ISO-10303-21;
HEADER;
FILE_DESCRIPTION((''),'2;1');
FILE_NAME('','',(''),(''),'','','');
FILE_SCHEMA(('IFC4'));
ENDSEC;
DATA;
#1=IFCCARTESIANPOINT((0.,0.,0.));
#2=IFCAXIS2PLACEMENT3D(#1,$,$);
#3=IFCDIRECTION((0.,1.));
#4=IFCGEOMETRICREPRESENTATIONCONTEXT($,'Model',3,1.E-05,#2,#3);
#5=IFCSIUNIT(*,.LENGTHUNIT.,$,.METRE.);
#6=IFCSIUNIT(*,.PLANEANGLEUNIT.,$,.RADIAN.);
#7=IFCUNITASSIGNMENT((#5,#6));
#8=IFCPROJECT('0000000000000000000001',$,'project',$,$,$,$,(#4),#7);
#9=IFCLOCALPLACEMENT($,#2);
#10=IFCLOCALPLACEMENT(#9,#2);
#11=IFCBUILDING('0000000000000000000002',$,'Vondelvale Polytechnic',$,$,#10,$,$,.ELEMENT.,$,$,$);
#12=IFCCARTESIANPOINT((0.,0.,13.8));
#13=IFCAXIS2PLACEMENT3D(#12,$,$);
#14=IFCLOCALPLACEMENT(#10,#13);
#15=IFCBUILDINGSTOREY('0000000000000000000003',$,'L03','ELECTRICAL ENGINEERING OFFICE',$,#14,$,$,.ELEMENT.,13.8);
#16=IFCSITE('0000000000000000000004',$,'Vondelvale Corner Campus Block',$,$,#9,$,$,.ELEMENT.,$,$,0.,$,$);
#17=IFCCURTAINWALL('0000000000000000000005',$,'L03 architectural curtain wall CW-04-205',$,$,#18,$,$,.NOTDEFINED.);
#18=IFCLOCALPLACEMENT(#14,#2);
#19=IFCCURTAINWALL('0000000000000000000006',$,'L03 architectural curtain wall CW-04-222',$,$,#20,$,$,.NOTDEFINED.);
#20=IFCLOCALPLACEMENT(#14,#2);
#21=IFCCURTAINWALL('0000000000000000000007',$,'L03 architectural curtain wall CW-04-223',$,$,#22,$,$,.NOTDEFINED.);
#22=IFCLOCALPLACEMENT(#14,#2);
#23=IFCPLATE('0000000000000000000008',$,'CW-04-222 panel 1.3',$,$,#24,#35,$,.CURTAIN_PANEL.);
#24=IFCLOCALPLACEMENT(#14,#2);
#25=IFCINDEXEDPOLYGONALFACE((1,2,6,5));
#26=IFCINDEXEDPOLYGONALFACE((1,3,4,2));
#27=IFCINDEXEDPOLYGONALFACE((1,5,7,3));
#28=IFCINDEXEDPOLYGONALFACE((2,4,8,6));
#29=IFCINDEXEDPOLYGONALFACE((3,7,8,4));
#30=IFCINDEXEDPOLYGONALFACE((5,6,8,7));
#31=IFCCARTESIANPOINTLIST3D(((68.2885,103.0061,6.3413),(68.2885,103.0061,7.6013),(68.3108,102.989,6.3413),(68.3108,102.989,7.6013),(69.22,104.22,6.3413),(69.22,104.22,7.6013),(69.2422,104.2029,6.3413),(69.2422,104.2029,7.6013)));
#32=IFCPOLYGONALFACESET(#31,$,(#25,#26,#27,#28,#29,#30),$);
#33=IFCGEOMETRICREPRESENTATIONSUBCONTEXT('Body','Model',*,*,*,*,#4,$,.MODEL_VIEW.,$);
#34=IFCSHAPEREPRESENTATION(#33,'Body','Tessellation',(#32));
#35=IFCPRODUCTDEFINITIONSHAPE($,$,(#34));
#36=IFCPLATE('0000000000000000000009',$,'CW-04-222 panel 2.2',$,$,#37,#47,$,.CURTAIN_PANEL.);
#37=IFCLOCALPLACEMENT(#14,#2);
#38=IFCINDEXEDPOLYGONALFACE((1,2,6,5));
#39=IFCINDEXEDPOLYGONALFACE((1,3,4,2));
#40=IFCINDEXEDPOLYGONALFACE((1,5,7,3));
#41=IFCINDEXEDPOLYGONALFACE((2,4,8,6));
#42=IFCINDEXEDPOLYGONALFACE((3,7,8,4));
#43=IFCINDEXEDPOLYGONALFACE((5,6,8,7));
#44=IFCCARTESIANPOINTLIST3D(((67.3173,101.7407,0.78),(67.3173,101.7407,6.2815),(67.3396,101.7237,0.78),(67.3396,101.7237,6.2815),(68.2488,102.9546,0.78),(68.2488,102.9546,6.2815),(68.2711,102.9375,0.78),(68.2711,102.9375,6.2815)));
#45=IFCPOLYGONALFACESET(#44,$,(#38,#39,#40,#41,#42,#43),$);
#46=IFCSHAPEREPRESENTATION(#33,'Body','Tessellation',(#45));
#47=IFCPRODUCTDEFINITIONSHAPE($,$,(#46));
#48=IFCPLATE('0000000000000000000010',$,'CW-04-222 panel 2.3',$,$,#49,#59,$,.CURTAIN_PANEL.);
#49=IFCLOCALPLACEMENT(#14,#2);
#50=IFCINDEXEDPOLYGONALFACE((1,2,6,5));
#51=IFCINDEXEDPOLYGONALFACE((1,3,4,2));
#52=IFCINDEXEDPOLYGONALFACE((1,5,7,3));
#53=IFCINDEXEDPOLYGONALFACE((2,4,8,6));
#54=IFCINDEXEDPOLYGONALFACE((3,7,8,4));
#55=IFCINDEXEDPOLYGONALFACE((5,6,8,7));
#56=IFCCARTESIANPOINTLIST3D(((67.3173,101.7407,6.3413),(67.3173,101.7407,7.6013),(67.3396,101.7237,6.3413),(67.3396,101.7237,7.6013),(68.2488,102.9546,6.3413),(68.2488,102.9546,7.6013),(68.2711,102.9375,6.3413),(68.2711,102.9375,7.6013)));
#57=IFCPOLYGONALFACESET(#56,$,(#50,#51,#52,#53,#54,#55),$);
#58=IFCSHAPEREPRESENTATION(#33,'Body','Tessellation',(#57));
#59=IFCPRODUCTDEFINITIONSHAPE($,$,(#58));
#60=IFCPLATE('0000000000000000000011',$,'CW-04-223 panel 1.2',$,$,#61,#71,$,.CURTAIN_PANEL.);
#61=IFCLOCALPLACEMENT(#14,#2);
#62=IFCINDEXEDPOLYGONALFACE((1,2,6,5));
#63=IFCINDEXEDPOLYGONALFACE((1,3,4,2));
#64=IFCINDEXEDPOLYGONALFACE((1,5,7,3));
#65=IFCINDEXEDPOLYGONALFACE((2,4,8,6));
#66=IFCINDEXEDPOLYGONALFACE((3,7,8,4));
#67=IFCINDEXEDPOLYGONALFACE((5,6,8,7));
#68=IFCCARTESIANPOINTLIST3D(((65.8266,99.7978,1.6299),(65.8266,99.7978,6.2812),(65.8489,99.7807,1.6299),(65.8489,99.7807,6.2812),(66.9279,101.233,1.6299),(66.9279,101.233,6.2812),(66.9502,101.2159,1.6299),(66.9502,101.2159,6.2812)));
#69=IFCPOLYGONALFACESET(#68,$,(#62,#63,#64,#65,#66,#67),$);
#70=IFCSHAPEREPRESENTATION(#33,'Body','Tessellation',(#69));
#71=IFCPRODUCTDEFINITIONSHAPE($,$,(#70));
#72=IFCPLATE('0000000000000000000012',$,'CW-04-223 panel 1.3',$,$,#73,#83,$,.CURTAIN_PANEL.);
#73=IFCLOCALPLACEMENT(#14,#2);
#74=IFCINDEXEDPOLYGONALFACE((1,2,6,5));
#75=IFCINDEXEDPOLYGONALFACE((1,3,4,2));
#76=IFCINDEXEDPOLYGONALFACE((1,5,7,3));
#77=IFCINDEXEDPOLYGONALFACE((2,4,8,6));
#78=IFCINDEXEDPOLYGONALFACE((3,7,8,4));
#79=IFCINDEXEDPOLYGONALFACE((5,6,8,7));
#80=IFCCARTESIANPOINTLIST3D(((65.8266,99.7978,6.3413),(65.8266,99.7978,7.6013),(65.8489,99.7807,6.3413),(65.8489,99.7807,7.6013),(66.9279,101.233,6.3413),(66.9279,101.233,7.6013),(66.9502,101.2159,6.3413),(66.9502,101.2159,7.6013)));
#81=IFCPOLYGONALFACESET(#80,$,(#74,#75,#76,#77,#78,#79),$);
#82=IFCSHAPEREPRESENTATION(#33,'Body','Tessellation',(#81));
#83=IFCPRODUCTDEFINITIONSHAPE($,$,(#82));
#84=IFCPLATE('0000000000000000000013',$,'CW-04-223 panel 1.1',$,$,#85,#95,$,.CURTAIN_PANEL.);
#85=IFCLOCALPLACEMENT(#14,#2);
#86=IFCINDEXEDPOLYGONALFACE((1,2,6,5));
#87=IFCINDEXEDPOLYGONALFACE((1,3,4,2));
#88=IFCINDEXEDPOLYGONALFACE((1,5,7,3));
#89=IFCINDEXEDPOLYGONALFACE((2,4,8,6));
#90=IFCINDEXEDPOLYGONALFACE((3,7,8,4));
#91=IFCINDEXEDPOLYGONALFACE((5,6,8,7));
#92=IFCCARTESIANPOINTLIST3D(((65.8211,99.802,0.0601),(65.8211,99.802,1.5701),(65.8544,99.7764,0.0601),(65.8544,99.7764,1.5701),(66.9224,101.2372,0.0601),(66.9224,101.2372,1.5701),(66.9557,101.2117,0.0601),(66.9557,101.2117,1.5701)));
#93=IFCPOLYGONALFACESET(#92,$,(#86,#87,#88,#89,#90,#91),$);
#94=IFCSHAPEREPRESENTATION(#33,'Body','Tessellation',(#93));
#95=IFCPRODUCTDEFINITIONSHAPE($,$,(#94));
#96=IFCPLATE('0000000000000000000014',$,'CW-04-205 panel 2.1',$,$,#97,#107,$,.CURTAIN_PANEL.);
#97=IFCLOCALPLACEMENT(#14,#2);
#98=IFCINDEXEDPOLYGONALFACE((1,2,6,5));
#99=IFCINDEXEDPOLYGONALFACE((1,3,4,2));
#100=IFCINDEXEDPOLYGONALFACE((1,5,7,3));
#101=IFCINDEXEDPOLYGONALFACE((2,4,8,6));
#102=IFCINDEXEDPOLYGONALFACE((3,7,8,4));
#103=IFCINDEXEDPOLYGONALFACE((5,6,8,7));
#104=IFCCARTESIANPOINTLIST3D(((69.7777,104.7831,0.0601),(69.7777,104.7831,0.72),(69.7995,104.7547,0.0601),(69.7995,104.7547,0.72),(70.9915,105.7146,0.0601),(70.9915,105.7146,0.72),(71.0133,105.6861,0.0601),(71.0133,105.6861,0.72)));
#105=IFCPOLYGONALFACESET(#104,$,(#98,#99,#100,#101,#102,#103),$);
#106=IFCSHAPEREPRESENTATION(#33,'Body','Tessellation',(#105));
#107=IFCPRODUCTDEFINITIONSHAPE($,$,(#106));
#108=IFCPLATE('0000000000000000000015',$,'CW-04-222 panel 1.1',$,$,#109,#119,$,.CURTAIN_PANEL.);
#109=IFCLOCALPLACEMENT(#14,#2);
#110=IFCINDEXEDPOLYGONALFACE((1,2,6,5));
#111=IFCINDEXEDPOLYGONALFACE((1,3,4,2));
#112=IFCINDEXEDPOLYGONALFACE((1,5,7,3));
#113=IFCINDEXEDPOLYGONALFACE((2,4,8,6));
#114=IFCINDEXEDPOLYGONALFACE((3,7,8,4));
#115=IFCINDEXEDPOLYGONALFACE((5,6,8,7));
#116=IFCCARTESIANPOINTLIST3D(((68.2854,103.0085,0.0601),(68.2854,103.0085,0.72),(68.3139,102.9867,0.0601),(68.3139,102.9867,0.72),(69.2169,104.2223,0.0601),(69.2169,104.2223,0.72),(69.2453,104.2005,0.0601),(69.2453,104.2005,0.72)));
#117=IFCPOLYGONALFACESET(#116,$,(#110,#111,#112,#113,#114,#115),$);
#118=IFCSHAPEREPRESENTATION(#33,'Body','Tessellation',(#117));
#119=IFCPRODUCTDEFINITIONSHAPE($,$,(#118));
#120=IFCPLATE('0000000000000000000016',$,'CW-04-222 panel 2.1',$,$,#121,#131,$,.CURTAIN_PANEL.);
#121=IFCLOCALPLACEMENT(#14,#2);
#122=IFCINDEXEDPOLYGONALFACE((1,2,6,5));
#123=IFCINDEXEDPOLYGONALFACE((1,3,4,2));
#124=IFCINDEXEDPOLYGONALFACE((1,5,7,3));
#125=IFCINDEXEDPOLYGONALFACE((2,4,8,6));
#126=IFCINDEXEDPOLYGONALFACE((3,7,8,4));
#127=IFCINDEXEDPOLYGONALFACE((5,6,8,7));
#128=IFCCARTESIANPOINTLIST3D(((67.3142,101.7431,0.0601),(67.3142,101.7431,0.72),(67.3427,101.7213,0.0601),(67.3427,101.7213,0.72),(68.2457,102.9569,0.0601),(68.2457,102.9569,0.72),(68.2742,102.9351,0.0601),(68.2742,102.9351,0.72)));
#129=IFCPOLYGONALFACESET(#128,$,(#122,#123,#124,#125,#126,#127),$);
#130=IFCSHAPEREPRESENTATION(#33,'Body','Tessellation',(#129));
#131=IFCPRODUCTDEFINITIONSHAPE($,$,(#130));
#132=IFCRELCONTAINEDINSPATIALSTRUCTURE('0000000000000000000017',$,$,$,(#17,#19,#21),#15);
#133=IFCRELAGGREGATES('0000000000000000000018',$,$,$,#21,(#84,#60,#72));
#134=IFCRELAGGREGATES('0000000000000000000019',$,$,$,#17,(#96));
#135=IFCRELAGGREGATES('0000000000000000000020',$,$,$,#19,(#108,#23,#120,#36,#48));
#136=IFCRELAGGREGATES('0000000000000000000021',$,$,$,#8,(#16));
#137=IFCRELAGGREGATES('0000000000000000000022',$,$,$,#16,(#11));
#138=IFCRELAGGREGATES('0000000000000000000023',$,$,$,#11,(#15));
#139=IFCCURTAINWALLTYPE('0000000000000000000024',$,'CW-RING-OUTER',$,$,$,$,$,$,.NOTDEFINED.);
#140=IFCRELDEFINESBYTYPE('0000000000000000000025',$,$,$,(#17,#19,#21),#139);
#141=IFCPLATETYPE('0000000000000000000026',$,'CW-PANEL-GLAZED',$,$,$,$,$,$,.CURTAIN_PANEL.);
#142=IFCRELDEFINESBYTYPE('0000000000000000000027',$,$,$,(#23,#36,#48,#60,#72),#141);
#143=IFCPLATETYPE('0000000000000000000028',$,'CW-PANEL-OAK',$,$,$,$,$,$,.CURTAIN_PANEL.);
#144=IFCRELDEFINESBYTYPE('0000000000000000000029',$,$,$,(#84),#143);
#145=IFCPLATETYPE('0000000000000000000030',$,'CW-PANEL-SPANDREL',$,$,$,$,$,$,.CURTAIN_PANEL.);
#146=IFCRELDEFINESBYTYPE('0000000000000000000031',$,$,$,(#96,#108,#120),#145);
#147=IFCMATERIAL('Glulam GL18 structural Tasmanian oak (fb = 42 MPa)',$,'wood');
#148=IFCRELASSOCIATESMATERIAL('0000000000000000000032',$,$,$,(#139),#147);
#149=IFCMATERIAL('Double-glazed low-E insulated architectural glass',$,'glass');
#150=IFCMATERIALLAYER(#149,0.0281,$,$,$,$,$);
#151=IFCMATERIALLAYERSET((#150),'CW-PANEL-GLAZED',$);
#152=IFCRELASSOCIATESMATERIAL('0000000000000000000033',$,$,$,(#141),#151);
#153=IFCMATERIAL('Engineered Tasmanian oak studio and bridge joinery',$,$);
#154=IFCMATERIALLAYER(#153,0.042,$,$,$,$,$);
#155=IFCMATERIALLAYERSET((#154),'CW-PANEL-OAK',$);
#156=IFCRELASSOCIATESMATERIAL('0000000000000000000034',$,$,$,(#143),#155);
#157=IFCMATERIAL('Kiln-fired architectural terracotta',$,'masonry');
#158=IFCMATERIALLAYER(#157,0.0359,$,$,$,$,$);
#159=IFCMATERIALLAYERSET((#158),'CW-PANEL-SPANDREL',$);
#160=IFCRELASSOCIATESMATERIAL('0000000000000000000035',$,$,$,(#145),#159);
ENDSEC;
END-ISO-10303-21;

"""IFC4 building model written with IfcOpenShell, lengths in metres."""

from ifc_helpers import new_model, si_unit, direction, frame, origin, origin_2d, place, context, subcontext, project, spatial, rectangle, extrude, material, layer, layer_set, type_object, element, aggregate, save


model = new_model("IFC4")

# Units and contexts
model_context = context("Model", 3, precision=1e-05, world=origin(), true_north=direction((0.0, 1.0)))
body_context = subcontext(model_context, "Body", "Model", "MODEL_VIEW")
ifc_project = project(units=[si_unit("LENGTHUNIT", "METRE"), si_unit("PLANEANGLEUNIT", "RADIAN")], contexts=[model_context])

# Site, building, storey
site_placement = place(None, origin())
site = spatial("IfcSite", under=ifc_project, at=site_placement, Name="Vondelvale Corner Campus Block", CompositionType="ELEMENT", RefElevation=0.0)
building_placement = place(site_placement, origin())
building = spatial("IfcBuilding", under=site, at=building_placement, Name="Vondelvale Polytechnic", CompositionType="ELEMENT")
storey_placement = place(building_placement, frame((0.0, 0.0, 13.8)))
storey = spatial("IfcBuildingStorey", under=building, at=storey_placement, Name="L03", Description="ELECTRICAL ENGINEERING OFFICE", CompositionType="ELEMENT", Elevation=13.8)

# Shared definitions
ifc_material_1 = material(Name="Glulam GL18 structural Tasmanian oak (fb = 42 MPa)", Category="wood")

# Curtain wall
curtain_wall_type = type_object("IfcCurtainWallType", Name="CW-RING-OUTER", PredefinedType="NOTDEFINED", material=ifc_material_1)
curtain_wall_1_placement = place(storey_placement, origin())
curtain_wall_1 = element("IfcCurtainWall", 1, at=curtain_wall_1_placement, inside=storey, type_object=curtain_wall_type, Name="L03 architectural curtain wall CW-04-205", PredefinedType="NOTDEFINED")

# Curtain walls
curtain_wall_2_placement = place(storey_placement, origin())
curtain_wall_2 = element("IfcCurtainWall", 2, at=curtain_wall_2_placement, inside=storey, type_object=curtain_wall_type, Name="L03 architectural curtain wall CW-04-222", PredefinedType="NOTDEFINED")
curtain_wall_3_placement = place(storey_placement, origin())
curtain_wall_3 = element("IfcCurtainWall", 3, at=curtain_wall_3_placement, inside=storey, type_object=curtain_wall_type, Name="L03 architectural curtain wall CW-04-223", PredefinedType="NOTDEFINED")

# Plates
ifc_material_2 = material(Name="Double-glazed low-E insulated architectural glass", Category="glass")
ifc_layer_1 = layer(ifc_material_2, 0.0281)
ifc_layer_set_1 = layer_set([ifc_layer_1], Name="CW-PANEL-GLAZED")
plate_type_1 = type_object("IfcPlateType", Name="CW-PANEL-GLAZED", PredefinedType="CURTAIN_PANEL", material=ifc_layer_set_1)
plate_1_placement = place(storey_placement, frame((68.7654, 103.6045, 6.3413), z_axis=(0.0, 0.0, 1.0), x_axis=(-0.608787, -0.793334, 0.0)))
plate_1 = element("IfcPlate", 4, at=plate_1_placement, type_object=plate_type_1, Name="CW-04-222 panel 1.3", PredefinedType="CURTAIN_PANEL", context=body_context, shape_type="SweptSolid", body=[
    extrude(rectangle(XDim=1.53, YDim=0.0281, at=origin_2d()), origin(), (0.0, 0.0, 1.0), 1.26),
])
plate_2_placement = place(storey_placement, frame((67.7942, 102.3391, 0.78), z_axis=(0.0, 0.0, 1.0), x_axis=(-0.608787, -0.793334, 0.0)))
plate_2 = element("IfcPlate", 5, at=plate_2_placement, type_object=plate_type_1, Name="CW-04-222 panel 2.2", PredefinedType="CURTAIN_PANEL", context=body_context, shape_type="SweptSolid", body=[
    extrude(rectangle(XDim=1.53, YDim=0.0281, at=origin_2d()), origin(), (0.0, 0.0, 1.0), 5.5015),
])
plate_3_placement = place(storey_placement, frame((67.7942, 102.3391, 6.3413), z_axis=(0.0, 0.0, 1.0), x_axis=(-0.608787, -0.793334, 0.0)))
plate_3 = element("IfcPlate", 6, at=plate_3_placement, type_object=plate_type_1, Name="CW-04-222 panel 2.3", PredefinedType="CURTAIN_PANEL", context=body_context, shape_type="SweptSolid", body=[
    extrude(rectangle(XDim=1.53, YDim=0.0281, at=origin_2d()), origin(), (0.0, 0.0, 1.0), 1.26),
])
plate_4_placement = place(storey_placement, frame((66.3884, 100.5068, 1.6299), z_axis=(0.0, 0.0, 1.0), x_axis=(-0.608771, -0.793346, 0.0)))
plate_4 = element("IfcPlate", 7, at=plate_4_placement, type_object=plate_type_1, Name="CW-04-223 panel 1.2", PredefinedType="CURTAIN_PANEL", context=body_context, shape_type="SweptSolid", body=[
    extrude(rectangle(XDim=1.8091, YDim=0.0281, at=origin_2d()), origin(), (0.0, 0.0, 1.0), 4.6514),
])
plate_5_placement = place(storey_placement, frame((66.3884, 100.5068, 6.3413), z_axis=(0.0, 0.0, 1.0), x_axis=(-0.608771, -0.793346, 0.0)))
plate_5 = element("IfcPlate", 8, at=plate_5_placement, type_object=plate_type_1, Name="CW-04-223 panel 1.3", PredefinedType="CURTAIN_PANEL", context=body_context, shape_type="SweptSolid", body=[
    extrude(rectangle(XDim=1.8091, YDim=0.0281, at=origin_2d()), origin(), (0.0, 0.0, 1.0), 1.26),
])
ifc_material_3 = material(Name="Engineered Tasmanian oak studio and bridge joinery")
ifc_layer_2 = layer(ifc_material_3, 0.042)
ifc_layer_set_2 = layer_set([ifc_layer_2], Name="CW-PANEL-OAK")
plate_type_2 = type_object("IfcPlateType", Name="CW-PANEL-OAK", PredefinedType="CURTAIN_PANEL", material=ifc_layer_set_2)
plate_6_placement = place(storey_placement, frame((66.3884, 100.5068, 0.0601), z_axis=(0.0, 0.0, 1.0), x_axis=(-0.608771, -0.793346, 0.0)))
plate_6 = element("IfcPlate", 9, at=plate_6_placement, type_object=plate_type_2, Name="CW-04-223 panel 1.1", PredefinedType="CURTAIN_PANEL", context=body_context, shape_type="SweptSolid", body=[
    extrude(rectangle(XDim=1.8091, YDim=0.042, at=origin_2d()), origin(), (0.0, 0.0, 1.0), 1.51),
])
aggregate(curtain_wall_3, [plate_6, plate_4, plate_5])
ifc_material_4 = material(Name="Kiln-fired architectural terracotta", Category="masonry")
ifc_layer_3 = layer(ifc_material_4, 0.0359)
ifc_layer_set_3 = layer_set([ifc_layer_3], Name="CW-PANEL-SPANDREL")
plate_type_3 = type_object("IfcPlateType", Name="CW-PANEL-SPANDREL", PredefinedType="CURTAIN_PANEL", material=ifc_layer_set_3)
plate_7_placement = place(storey_placement, frame((70.3955, 105.2346, 0.0601), z_axis=(0.0, 0.0, 1.0), x_axis=(-0.793334, -0.608787, 0.0)))
plate_7 = element("IfcPlate", 10, at=plate_7_placement, type_object=plate_type_3, Name="CW-04-205 panel 2.1", PredefinedType="CURTAIN_PANEL", context=body_context, shape_type="SweptSolid", body=[
    extrude(rectangle(XDim=1.53, YDim=0.0359, at=origin_2d()), origin(), (0.0, 0.0, 1.0), 0.6599),
])
aggregate(curtain_wall_1, [plate_7])
plate_8_placement = place(storey_placement, frame((68.7654, 103.6045, 0.0601), z_axis=(0.0, 0.0, 1.0), x_axis=(-0.608787, -0.793334, 0.0)))
plate_8 = element("IfcPlate", 11, at=plate_8_placement, type_object=plate_type_3, Name="CW-04-222 panel 1.1", PredefinedType="CURTAIN_PANEL", context=body_context, shape_type="SweptSolid", body=[
    extrude(rectangle(XDim=1.53, YDim=0.0359, at=origin_2d()), origin(), (0.0, 0.0, 1.0), 0.6599),
])
plate_9_placement = place(storey_placement, frame((67.7942, 102.3391, 0.0601), z_axis=(0.0, 0.0, 1.0), x_axis=(-0.608787, -0.793334, 0.0)))
plate_9 = element("IfcPlate", 12, at=plate_9_placement, type_object=plate_type_3, Name="CW-04-222 panel 2.1", PredefinedType="CURTAIN_PANEL", context=body_context, shape_type="SweptSolid", body=[
    extrude(rectangle(XDim=1.53, YDim=0.0359, at=origin_2d()), origin(), (0.0, 0.0, 1.0), 0.6599),
])
aggregate(curtain_wall_2, [plate_8, plate_1, plate_9, plate_2, plate_3])

save(model, "model.ifc")
